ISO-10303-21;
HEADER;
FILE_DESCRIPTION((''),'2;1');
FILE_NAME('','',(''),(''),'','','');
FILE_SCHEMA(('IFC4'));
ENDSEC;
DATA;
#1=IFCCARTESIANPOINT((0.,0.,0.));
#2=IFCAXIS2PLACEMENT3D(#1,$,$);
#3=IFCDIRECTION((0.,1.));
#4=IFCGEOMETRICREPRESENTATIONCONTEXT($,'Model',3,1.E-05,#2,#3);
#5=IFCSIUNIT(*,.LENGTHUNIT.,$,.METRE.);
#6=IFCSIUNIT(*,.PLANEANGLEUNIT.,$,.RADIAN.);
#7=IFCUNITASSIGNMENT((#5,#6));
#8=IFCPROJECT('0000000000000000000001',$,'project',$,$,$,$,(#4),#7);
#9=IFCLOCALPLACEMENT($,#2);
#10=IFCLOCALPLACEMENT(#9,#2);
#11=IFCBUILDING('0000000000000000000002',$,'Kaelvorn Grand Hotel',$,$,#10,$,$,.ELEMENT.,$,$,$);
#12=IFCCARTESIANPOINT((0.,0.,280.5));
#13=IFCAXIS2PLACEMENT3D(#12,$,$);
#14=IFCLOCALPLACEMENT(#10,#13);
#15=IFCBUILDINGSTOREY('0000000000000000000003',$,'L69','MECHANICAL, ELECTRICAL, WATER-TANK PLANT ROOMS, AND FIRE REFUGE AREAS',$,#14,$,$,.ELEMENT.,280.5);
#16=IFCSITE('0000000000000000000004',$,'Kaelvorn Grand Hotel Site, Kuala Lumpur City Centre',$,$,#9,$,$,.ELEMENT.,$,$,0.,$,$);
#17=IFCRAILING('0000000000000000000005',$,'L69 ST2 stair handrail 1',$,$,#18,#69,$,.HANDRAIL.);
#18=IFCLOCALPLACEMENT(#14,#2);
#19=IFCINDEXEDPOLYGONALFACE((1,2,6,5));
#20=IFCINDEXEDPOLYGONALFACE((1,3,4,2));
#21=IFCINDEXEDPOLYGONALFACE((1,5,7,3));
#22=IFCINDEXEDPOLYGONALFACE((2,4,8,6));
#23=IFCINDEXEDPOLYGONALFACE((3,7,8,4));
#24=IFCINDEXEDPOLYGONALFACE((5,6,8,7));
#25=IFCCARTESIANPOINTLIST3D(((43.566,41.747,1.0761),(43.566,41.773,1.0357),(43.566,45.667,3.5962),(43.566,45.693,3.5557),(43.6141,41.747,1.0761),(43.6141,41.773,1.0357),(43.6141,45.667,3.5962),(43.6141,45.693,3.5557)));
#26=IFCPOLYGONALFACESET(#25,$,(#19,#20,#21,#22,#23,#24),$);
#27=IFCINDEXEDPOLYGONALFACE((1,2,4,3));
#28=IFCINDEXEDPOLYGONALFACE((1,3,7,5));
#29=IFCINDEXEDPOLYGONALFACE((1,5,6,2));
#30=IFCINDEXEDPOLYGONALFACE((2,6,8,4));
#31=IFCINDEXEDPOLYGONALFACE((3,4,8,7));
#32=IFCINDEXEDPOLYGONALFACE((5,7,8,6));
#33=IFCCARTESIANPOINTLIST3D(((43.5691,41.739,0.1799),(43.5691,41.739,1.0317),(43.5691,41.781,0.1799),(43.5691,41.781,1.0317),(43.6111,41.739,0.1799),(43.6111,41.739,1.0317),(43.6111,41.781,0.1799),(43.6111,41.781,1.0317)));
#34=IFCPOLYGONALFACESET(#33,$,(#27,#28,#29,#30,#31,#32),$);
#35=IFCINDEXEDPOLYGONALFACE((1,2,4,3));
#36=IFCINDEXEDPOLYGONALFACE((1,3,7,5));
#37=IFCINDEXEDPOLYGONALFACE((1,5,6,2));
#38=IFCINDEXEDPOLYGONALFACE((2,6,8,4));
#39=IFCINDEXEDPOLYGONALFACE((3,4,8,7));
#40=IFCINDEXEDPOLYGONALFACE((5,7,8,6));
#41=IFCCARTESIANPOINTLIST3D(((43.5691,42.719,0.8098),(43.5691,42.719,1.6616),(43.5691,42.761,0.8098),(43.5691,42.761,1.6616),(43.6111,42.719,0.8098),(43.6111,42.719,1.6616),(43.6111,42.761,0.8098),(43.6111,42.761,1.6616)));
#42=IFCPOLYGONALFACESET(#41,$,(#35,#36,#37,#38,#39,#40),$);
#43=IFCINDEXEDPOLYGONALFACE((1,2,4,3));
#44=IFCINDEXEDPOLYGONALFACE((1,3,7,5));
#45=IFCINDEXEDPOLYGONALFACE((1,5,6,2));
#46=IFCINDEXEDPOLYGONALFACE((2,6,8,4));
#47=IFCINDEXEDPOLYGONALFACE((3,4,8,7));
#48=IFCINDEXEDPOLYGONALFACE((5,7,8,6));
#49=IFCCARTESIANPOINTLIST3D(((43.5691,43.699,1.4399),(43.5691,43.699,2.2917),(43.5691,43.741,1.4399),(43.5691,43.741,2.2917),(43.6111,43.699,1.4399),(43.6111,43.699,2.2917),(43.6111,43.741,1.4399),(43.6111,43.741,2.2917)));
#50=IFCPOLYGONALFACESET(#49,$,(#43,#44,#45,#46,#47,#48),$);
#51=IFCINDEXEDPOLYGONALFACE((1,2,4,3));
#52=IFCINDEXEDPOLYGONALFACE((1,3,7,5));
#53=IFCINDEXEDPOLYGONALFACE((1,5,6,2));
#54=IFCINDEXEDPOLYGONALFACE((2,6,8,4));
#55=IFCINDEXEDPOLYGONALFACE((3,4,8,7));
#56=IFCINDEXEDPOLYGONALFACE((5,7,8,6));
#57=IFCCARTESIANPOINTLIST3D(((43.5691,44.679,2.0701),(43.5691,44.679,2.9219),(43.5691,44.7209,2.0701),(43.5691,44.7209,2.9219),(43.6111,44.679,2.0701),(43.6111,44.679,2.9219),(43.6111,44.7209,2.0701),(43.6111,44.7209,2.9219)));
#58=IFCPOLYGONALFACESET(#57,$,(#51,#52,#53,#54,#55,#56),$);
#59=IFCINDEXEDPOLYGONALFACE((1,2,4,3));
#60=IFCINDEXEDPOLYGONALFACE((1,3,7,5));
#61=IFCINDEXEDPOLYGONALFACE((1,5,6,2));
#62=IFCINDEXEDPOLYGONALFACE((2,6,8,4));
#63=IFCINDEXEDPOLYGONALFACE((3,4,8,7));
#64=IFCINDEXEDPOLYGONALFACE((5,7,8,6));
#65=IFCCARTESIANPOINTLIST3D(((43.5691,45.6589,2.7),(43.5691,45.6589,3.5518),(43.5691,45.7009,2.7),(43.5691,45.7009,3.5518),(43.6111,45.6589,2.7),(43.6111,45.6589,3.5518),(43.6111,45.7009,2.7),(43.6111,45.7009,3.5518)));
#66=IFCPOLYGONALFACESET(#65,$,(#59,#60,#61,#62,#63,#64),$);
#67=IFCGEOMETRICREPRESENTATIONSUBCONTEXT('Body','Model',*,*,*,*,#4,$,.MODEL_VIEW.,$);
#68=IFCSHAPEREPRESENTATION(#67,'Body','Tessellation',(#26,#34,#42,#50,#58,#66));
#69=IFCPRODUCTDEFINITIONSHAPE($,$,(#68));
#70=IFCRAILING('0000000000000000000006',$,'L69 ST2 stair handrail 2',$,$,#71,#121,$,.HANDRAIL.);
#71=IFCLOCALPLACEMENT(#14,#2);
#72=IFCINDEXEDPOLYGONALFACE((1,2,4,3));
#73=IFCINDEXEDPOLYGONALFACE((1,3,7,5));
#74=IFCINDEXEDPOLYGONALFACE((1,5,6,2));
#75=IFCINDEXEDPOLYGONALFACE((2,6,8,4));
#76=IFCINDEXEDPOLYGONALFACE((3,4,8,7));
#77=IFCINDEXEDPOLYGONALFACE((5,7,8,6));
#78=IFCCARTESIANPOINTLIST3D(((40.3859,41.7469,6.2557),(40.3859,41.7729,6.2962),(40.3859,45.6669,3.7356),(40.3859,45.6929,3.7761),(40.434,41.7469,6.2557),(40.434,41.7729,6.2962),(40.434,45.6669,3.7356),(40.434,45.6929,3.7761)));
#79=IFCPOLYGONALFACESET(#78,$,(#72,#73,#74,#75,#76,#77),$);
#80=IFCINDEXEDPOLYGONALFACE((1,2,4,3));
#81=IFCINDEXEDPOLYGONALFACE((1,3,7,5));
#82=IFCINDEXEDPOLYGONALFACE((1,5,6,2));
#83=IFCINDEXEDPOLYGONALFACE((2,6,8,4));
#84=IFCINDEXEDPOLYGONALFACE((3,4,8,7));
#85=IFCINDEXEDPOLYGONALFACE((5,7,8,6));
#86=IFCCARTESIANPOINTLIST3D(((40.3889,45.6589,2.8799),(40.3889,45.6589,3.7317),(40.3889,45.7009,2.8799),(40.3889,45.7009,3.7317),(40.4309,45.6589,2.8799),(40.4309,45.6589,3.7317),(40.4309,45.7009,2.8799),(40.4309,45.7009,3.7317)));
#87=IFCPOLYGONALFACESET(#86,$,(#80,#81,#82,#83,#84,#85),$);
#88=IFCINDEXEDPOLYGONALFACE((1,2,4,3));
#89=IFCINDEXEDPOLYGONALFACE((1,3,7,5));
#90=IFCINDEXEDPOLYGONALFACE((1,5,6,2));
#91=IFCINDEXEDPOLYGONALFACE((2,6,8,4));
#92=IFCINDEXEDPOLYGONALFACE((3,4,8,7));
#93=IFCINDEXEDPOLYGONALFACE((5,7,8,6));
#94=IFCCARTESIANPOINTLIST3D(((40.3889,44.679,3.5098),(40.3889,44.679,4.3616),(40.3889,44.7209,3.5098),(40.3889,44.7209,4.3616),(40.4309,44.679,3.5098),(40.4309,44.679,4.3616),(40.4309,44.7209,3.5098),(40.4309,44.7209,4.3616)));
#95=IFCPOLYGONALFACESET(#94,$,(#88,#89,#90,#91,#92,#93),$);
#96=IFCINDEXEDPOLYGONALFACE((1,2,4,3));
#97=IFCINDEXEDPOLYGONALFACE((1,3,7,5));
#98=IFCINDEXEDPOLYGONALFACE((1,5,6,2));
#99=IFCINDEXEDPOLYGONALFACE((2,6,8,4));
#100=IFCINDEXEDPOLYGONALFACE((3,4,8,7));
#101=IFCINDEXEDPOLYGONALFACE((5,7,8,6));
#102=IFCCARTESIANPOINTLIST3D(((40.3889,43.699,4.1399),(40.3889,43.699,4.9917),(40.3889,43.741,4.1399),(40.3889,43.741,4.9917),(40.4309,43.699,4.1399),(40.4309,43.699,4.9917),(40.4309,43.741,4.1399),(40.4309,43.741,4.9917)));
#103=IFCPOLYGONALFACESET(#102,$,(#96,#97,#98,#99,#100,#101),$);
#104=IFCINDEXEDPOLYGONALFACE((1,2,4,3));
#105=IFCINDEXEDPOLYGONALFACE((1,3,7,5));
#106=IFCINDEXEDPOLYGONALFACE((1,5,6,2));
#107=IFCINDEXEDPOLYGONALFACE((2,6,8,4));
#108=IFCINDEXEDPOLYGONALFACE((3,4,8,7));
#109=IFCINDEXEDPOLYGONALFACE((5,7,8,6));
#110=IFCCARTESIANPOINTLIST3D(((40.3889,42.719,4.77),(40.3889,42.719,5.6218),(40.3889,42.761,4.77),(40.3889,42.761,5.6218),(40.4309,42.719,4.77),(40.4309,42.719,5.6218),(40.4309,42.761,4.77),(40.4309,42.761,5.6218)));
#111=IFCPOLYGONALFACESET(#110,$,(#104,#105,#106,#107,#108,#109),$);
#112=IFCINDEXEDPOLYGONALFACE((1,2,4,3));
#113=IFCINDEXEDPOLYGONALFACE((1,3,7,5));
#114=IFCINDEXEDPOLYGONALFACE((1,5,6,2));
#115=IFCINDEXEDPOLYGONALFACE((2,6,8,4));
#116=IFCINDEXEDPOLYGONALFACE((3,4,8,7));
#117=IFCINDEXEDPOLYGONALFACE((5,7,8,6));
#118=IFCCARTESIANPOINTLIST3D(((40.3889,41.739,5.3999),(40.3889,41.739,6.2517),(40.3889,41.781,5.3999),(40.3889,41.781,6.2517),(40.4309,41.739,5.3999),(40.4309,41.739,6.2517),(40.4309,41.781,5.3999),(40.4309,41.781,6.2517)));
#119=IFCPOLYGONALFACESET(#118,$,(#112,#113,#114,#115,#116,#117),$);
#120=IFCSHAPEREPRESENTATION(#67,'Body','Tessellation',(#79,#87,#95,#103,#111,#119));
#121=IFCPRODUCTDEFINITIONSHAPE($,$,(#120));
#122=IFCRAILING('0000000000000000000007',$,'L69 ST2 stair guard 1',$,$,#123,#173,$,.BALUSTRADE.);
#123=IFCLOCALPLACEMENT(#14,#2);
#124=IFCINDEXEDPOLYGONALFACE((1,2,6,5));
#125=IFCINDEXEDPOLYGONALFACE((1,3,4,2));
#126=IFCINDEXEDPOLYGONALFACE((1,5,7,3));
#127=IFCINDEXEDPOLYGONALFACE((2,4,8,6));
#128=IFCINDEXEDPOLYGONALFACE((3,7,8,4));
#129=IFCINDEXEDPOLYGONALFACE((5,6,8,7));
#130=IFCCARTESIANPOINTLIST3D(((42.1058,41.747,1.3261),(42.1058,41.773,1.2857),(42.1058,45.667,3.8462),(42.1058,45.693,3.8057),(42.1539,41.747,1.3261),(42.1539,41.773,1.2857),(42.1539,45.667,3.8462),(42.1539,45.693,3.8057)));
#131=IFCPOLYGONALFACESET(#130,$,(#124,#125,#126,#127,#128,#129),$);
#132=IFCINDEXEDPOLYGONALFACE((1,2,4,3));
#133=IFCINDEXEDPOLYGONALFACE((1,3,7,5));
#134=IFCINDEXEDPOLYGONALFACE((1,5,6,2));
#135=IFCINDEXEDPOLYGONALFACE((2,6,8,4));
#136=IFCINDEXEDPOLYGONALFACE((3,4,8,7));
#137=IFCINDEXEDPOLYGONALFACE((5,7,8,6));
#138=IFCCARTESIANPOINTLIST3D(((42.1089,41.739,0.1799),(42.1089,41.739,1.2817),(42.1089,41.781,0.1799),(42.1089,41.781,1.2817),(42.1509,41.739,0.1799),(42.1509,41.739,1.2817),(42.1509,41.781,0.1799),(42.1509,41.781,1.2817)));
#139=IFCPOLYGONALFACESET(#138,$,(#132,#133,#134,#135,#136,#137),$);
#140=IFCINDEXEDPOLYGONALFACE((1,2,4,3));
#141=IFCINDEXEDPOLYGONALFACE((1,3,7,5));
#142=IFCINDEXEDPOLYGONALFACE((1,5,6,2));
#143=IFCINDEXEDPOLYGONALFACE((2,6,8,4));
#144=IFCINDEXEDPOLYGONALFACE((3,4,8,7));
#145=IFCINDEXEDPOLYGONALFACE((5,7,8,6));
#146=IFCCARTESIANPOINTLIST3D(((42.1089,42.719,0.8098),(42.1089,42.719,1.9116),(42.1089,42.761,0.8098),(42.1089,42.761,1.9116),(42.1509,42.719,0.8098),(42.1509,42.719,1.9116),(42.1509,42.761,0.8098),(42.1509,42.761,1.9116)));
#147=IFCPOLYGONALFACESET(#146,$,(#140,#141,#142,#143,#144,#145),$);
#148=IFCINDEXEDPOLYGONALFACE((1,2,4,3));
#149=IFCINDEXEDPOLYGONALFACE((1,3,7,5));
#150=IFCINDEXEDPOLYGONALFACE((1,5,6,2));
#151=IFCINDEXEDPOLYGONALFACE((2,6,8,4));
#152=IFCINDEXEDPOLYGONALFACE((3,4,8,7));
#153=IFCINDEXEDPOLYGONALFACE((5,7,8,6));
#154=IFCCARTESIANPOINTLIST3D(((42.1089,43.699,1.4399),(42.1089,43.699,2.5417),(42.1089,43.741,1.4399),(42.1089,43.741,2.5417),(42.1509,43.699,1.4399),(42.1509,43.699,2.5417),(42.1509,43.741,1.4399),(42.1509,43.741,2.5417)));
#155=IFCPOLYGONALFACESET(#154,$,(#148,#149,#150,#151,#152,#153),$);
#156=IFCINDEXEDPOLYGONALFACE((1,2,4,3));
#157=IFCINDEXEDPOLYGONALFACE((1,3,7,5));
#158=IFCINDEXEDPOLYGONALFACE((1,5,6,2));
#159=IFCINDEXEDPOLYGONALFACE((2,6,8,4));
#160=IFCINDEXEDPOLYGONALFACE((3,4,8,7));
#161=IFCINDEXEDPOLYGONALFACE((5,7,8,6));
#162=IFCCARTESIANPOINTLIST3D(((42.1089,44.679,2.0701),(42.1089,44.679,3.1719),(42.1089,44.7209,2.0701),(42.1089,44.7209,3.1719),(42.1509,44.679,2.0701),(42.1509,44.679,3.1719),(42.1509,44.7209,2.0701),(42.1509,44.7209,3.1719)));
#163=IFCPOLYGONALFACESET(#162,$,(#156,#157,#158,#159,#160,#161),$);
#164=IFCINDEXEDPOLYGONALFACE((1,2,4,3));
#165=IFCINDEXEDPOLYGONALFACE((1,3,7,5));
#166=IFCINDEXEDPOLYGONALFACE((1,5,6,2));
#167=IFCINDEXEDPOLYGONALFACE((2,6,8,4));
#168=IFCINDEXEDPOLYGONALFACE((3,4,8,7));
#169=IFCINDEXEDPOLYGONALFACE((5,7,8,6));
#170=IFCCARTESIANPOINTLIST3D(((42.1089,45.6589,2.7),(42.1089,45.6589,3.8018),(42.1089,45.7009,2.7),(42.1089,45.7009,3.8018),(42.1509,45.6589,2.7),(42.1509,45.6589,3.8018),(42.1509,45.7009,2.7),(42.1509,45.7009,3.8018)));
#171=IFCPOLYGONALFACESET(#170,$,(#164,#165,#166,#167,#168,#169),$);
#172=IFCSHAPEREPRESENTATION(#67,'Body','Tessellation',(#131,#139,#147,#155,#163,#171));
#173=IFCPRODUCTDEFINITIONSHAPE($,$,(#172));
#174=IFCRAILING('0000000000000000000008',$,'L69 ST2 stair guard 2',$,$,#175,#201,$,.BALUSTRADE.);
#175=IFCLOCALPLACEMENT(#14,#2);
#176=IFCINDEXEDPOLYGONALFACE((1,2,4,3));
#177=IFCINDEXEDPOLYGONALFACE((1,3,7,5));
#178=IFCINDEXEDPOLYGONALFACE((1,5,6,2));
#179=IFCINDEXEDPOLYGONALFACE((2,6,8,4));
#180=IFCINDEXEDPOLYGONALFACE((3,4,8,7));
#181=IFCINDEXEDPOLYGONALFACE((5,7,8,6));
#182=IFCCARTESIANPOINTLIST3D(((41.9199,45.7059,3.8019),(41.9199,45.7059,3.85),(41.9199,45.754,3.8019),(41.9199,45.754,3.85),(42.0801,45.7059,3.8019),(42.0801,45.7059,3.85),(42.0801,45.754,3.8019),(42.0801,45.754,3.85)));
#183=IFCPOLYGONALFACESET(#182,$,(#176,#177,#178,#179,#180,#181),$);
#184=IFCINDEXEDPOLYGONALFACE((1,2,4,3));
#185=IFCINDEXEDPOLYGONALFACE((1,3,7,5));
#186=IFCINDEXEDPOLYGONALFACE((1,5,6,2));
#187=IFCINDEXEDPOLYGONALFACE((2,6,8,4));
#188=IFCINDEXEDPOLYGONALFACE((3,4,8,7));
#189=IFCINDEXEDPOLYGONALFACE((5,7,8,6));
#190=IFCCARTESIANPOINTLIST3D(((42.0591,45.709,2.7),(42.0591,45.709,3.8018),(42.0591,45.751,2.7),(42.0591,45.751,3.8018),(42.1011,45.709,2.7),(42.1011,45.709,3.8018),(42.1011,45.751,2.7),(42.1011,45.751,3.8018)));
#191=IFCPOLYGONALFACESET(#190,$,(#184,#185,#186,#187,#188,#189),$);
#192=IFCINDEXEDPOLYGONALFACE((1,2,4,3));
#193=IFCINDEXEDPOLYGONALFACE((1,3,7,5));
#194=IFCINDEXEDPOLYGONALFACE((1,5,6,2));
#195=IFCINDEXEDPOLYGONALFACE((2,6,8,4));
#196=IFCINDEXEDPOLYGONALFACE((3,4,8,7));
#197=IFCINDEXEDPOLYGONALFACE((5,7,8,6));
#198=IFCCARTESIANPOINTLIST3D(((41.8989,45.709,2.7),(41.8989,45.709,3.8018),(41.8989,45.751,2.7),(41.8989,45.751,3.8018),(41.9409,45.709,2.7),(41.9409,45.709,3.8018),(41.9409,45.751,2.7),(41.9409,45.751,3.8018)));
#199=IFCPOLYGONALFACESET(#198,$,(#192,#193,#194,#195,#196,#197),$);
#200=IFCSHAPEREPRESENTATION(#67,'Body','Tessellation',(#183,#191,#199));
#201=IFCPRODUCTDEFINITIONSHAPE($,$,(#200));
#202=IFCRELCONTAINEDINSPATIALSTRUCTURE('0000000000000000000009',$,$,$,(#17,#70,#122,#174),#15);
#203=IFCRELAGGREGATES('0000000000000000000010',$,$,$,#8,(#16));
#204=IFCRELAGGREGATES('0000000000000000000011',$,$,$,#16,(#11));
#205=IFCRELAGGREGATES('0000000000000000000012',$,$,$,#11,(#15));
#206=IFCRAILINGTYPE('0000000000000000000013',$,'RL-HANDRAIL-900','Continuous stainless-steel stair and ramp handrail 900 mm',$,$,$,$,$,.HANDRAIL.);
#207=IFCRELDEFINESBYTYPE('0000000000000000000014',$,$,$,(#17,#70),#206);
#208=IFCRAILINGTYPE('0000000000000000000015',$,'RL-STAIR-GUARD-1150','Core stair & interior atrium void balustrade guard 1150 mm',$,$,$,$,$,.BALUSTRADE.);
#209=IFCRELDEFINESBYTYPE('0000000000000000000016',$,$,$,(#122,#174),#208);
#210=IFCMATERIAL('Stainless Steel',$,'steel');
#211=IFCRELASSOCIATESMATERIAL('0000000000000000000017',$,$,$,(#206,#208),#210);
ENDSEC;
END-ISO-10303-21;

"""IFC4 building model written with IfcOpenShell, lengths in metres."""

from ifc_helpers import new_model, si_unit, direction, frame, origin, origin_2d, place, context, subcontext, project, spatial, rectangle, extrude, material, type_object, element, save


model = new_model("IFC4")

# Units and contexts
model_context = context("Model", 3, precision=1e-05, world=origin(), true_north=direction((0.0, 1.0)))
body_context = subcontext(model_context, "Body", "Model", "MODEL_VIEW")
ifc_project = project(units=[si_unit("LENGTHUNIT", "METRE"), si_unit("PLANEANGLEUNIT", "RADIAN")], contexts=[model_context])

# Site, building, storey
site_placement = place(None, origin())
site = spatial("IfcSite", under=ifc_project, at=site_placement, Name="Kaelvorn Grand Hotel Site, Kuala Lumpur City Centre", CompositionType="ELEMENT", RefElevation=0.0)
building_placement = place(site_placement, origin())
building = spatial("IfcBuilding", under=site, at=building_placement, Name="Kaelvorn Grand Hotel", CompositionType="ELEMENT")
storey_placement = place(building_placement, frame((0.0, 0.0, 280.5)))
storey = spatial("IfcBuildingStorey", under=building, at=storey_placement, Name="L69", Description="MECHANICAL, ELECTRICAL, WATER-TANK PLANT ROOMS, AND FIRE REFUGE AREAS", CompositionType="ELEMENT", Elevation=280.5)

# Railings
ifc_material_1 = material(Name="Stainless Steel", Category="steel")
railing_type_1 = type_object("IfcRailingType", Name="RL-HANDRAIL-900", Description="Continuous stainless-steel stair and ramp handrail 900 mm", PredefinedType="HANDRAIL", material=ifc_material_1)
railing_1_placement = place(storey_placement, frame((43.5901, 41.76, 0.1799)))
element("IfcRailing", 1, at=railing_1_placement, inside=storey, type_object=railing_type_1, Name="L69 ST2 stair handrail 1", PredefinedType="HANDRAIL", context=body_context, shape_type="SweptSolid", body=[
    extrude(rectangle(XDim=0.0481, YDim=0.0481, at=origin_2d()), frame((0.0, 0.0, 0.876), z_axis=(0.0, 0.841172, 0.540768), x_axis=(-1.0, 0.0, 0.0)), (0.0, 0.0, 1.0), 4.6602),
    extrude(rectangle(XDim=0.042, YDim=0.042, at=origin_2d()), origin(), (0.0, 0.0, 1.0), 0.8518),
    extrude(rectangle(XDim=0.042, YDim=0.042, at=origin_2d()), frame((0.0, 0.98, 0.6299)), (0.0, 0.0, 1.0), 0.8518),
    extrude(rectangle(XDim=0.042, YDim=0.042, at=origin_2d()), frame((0.0, 1.96, 1.26)), (0.0, 0.0, 1.0), 0.8518),
    extrude(rectangle(XDim=0.042, YDim=0.042, at=origin_2d()), frame((0.0, 2.9399, 1.8901)), (0.0, 0.0, 1.0), 0.8518),
    extrude(rectangle(XDim=0.042, YDim=0.042, at=origin_2d()), frame((0.0, 3.9199, 2.52)), (0.0, 0.0, 1.0), 0.8518),
])
railing_2_placement = place(storey_placement, frame((40.4099, 45.6799, 2.8799)))
element("IfcRailing", 2, at=railing_2_placement, inside=storey, type_object=railing_type_1, Name="L69 ST2 stair handrail 2", PredefinedType="HANDRAIL", context=body_context, shape_type="SweptSolid", body=[
    extrude(rectangle(XDim=0.0481, YDim=0.0481, at=origin_2d()), frame((0.0, 0.0, 0.876), z_axis=(0.0, -0.841172, 0.540768), x_axis=(1.0, 0.0, 0.0)), (0.0, 0.0, 1.0), 4.6602),
    extrude(rectangle(XDim=0.042, YDim=0.042, at=origin_2d()), origin(), (0.0, 0.0, 1.0), 0.8518),
    extrude(rectangle(XDim=0.042, YDim=0.042, at=origin_2d()), frame((0.0, -0.98, 0.6299)), (0.0, 0.0, 1.0), 0.8518),
    extrude(rectangle(XDim=0.042, YDim=0.042, at=origin_2d()), frame((0.0, -1.96, 1.26)), (0.0, 0.0, 1.0), 0.8518),
    extrude(rectangle(XDim=0.042, YDim=0.042, at=origin_2d()), frame((0.0, -2.9399, 1.8901)), (0.0, 0.0, 1.0), 0.8518),
    extrude(rectangle(XDim=0.042, YDim=0.042, at=origin_2d()), frame((0.0, -3.9199, 2.52)), (0.0, 0.0, 1.0), 0.8518),
])
railing_type_2 = type_object("IfcRailingType", Name="RL-STAIR-GUARD-1150", Description="Core stair & interior atrium void balustrade guard 1150 mm", PredefinedType="BALUSTRADE", material=ifc_material_1)
railing_3_placement = place(storey_placement, frame((42.1299, 41.76, 0.1799)))
element("IfcRailing", 3, at=railing_3_placement, inside=storey, type_object=railing_type_2, Name="L69 ST2 stair guard 1", PredefinedType="BALUSTRADE", context=body_context, shape_type="SweptSolid", body=[
    extrude(rectangle(XDim=0.0481, YDim=0.0481, at=origin_2d()), frame((0.0, 0.0, 1.126), z_axis=(0.0, 0.841172, 0.540768), x_axis=(-1.0, 0.0, 0.0)), (0.0, 0.0, 1.0), 4.6602),
    extrude(rectangle(XDim=0.042, YDim=0.042, at=origin_2d()), origin(), (0.0, 0.0, 1.0), 1.1018),
    extrude(rectangle(XDim=0.042, YDim=0.042, at=origin_2d()), frame((0.0, 0.98, 0.6299)), (0.0, 0.0, 1.0), 1.1018),
    extrude(rectangle(XDim=0.042, YDim=0.042, at=origin_2d()), frame((0.0, 1.96, 1.26)), (0.0, 0.0, 1.0), 1.1018),
    extrude(rectangle(XDim=0.042, YDim=0.042, at=origin_2d()), frame((0.0, 2.9399, 1.8901)), (0.0, 0.0, 1.0), 1.1018),
    extrude(rectangle(XDim=0.042, YDim=0.042, at=origin_2d()), frame((0.0, 3.9199, 2.52)), (0.0, 0.0, 1.0), 1.1018),
])
railing_4_placement = place(storey_placement, frame((42.0801, 45.73, 2.7)))
element("IfcRailing", 4, at=railing_4_placement, inside=storey, type_object=railing_type_2, Name="L69 ST2 stair guard 2", PredefinedType="BALUSTRADE", context=body_context, shape_type="SweptSolid", body=[
    extrude(rectangle(XDim=0.0481, YDim=0.0481, at=origin_2d()), frame((0.0, 0.0, 1.126), z_axis=(-1.0, 0.0, 0.0), x_axis=(0.0, -1.0, 0.0)), (0.0, 0.0, 1.0), 0.1602),
    extrude(rectangle(XDim=0.042, YDim=0.042, at=origin_2d()), origin(), (0.0, 0.0, 1.0), 1.1018),
    extrude(rectangle(XDim=0.042, YDim=0.042, at=origin_2d()), frame((-0.1602, 0.0, 0.0)), (0.0, 0.0, 1.0), 1.1018),
])

save(model, "model.ifc")
